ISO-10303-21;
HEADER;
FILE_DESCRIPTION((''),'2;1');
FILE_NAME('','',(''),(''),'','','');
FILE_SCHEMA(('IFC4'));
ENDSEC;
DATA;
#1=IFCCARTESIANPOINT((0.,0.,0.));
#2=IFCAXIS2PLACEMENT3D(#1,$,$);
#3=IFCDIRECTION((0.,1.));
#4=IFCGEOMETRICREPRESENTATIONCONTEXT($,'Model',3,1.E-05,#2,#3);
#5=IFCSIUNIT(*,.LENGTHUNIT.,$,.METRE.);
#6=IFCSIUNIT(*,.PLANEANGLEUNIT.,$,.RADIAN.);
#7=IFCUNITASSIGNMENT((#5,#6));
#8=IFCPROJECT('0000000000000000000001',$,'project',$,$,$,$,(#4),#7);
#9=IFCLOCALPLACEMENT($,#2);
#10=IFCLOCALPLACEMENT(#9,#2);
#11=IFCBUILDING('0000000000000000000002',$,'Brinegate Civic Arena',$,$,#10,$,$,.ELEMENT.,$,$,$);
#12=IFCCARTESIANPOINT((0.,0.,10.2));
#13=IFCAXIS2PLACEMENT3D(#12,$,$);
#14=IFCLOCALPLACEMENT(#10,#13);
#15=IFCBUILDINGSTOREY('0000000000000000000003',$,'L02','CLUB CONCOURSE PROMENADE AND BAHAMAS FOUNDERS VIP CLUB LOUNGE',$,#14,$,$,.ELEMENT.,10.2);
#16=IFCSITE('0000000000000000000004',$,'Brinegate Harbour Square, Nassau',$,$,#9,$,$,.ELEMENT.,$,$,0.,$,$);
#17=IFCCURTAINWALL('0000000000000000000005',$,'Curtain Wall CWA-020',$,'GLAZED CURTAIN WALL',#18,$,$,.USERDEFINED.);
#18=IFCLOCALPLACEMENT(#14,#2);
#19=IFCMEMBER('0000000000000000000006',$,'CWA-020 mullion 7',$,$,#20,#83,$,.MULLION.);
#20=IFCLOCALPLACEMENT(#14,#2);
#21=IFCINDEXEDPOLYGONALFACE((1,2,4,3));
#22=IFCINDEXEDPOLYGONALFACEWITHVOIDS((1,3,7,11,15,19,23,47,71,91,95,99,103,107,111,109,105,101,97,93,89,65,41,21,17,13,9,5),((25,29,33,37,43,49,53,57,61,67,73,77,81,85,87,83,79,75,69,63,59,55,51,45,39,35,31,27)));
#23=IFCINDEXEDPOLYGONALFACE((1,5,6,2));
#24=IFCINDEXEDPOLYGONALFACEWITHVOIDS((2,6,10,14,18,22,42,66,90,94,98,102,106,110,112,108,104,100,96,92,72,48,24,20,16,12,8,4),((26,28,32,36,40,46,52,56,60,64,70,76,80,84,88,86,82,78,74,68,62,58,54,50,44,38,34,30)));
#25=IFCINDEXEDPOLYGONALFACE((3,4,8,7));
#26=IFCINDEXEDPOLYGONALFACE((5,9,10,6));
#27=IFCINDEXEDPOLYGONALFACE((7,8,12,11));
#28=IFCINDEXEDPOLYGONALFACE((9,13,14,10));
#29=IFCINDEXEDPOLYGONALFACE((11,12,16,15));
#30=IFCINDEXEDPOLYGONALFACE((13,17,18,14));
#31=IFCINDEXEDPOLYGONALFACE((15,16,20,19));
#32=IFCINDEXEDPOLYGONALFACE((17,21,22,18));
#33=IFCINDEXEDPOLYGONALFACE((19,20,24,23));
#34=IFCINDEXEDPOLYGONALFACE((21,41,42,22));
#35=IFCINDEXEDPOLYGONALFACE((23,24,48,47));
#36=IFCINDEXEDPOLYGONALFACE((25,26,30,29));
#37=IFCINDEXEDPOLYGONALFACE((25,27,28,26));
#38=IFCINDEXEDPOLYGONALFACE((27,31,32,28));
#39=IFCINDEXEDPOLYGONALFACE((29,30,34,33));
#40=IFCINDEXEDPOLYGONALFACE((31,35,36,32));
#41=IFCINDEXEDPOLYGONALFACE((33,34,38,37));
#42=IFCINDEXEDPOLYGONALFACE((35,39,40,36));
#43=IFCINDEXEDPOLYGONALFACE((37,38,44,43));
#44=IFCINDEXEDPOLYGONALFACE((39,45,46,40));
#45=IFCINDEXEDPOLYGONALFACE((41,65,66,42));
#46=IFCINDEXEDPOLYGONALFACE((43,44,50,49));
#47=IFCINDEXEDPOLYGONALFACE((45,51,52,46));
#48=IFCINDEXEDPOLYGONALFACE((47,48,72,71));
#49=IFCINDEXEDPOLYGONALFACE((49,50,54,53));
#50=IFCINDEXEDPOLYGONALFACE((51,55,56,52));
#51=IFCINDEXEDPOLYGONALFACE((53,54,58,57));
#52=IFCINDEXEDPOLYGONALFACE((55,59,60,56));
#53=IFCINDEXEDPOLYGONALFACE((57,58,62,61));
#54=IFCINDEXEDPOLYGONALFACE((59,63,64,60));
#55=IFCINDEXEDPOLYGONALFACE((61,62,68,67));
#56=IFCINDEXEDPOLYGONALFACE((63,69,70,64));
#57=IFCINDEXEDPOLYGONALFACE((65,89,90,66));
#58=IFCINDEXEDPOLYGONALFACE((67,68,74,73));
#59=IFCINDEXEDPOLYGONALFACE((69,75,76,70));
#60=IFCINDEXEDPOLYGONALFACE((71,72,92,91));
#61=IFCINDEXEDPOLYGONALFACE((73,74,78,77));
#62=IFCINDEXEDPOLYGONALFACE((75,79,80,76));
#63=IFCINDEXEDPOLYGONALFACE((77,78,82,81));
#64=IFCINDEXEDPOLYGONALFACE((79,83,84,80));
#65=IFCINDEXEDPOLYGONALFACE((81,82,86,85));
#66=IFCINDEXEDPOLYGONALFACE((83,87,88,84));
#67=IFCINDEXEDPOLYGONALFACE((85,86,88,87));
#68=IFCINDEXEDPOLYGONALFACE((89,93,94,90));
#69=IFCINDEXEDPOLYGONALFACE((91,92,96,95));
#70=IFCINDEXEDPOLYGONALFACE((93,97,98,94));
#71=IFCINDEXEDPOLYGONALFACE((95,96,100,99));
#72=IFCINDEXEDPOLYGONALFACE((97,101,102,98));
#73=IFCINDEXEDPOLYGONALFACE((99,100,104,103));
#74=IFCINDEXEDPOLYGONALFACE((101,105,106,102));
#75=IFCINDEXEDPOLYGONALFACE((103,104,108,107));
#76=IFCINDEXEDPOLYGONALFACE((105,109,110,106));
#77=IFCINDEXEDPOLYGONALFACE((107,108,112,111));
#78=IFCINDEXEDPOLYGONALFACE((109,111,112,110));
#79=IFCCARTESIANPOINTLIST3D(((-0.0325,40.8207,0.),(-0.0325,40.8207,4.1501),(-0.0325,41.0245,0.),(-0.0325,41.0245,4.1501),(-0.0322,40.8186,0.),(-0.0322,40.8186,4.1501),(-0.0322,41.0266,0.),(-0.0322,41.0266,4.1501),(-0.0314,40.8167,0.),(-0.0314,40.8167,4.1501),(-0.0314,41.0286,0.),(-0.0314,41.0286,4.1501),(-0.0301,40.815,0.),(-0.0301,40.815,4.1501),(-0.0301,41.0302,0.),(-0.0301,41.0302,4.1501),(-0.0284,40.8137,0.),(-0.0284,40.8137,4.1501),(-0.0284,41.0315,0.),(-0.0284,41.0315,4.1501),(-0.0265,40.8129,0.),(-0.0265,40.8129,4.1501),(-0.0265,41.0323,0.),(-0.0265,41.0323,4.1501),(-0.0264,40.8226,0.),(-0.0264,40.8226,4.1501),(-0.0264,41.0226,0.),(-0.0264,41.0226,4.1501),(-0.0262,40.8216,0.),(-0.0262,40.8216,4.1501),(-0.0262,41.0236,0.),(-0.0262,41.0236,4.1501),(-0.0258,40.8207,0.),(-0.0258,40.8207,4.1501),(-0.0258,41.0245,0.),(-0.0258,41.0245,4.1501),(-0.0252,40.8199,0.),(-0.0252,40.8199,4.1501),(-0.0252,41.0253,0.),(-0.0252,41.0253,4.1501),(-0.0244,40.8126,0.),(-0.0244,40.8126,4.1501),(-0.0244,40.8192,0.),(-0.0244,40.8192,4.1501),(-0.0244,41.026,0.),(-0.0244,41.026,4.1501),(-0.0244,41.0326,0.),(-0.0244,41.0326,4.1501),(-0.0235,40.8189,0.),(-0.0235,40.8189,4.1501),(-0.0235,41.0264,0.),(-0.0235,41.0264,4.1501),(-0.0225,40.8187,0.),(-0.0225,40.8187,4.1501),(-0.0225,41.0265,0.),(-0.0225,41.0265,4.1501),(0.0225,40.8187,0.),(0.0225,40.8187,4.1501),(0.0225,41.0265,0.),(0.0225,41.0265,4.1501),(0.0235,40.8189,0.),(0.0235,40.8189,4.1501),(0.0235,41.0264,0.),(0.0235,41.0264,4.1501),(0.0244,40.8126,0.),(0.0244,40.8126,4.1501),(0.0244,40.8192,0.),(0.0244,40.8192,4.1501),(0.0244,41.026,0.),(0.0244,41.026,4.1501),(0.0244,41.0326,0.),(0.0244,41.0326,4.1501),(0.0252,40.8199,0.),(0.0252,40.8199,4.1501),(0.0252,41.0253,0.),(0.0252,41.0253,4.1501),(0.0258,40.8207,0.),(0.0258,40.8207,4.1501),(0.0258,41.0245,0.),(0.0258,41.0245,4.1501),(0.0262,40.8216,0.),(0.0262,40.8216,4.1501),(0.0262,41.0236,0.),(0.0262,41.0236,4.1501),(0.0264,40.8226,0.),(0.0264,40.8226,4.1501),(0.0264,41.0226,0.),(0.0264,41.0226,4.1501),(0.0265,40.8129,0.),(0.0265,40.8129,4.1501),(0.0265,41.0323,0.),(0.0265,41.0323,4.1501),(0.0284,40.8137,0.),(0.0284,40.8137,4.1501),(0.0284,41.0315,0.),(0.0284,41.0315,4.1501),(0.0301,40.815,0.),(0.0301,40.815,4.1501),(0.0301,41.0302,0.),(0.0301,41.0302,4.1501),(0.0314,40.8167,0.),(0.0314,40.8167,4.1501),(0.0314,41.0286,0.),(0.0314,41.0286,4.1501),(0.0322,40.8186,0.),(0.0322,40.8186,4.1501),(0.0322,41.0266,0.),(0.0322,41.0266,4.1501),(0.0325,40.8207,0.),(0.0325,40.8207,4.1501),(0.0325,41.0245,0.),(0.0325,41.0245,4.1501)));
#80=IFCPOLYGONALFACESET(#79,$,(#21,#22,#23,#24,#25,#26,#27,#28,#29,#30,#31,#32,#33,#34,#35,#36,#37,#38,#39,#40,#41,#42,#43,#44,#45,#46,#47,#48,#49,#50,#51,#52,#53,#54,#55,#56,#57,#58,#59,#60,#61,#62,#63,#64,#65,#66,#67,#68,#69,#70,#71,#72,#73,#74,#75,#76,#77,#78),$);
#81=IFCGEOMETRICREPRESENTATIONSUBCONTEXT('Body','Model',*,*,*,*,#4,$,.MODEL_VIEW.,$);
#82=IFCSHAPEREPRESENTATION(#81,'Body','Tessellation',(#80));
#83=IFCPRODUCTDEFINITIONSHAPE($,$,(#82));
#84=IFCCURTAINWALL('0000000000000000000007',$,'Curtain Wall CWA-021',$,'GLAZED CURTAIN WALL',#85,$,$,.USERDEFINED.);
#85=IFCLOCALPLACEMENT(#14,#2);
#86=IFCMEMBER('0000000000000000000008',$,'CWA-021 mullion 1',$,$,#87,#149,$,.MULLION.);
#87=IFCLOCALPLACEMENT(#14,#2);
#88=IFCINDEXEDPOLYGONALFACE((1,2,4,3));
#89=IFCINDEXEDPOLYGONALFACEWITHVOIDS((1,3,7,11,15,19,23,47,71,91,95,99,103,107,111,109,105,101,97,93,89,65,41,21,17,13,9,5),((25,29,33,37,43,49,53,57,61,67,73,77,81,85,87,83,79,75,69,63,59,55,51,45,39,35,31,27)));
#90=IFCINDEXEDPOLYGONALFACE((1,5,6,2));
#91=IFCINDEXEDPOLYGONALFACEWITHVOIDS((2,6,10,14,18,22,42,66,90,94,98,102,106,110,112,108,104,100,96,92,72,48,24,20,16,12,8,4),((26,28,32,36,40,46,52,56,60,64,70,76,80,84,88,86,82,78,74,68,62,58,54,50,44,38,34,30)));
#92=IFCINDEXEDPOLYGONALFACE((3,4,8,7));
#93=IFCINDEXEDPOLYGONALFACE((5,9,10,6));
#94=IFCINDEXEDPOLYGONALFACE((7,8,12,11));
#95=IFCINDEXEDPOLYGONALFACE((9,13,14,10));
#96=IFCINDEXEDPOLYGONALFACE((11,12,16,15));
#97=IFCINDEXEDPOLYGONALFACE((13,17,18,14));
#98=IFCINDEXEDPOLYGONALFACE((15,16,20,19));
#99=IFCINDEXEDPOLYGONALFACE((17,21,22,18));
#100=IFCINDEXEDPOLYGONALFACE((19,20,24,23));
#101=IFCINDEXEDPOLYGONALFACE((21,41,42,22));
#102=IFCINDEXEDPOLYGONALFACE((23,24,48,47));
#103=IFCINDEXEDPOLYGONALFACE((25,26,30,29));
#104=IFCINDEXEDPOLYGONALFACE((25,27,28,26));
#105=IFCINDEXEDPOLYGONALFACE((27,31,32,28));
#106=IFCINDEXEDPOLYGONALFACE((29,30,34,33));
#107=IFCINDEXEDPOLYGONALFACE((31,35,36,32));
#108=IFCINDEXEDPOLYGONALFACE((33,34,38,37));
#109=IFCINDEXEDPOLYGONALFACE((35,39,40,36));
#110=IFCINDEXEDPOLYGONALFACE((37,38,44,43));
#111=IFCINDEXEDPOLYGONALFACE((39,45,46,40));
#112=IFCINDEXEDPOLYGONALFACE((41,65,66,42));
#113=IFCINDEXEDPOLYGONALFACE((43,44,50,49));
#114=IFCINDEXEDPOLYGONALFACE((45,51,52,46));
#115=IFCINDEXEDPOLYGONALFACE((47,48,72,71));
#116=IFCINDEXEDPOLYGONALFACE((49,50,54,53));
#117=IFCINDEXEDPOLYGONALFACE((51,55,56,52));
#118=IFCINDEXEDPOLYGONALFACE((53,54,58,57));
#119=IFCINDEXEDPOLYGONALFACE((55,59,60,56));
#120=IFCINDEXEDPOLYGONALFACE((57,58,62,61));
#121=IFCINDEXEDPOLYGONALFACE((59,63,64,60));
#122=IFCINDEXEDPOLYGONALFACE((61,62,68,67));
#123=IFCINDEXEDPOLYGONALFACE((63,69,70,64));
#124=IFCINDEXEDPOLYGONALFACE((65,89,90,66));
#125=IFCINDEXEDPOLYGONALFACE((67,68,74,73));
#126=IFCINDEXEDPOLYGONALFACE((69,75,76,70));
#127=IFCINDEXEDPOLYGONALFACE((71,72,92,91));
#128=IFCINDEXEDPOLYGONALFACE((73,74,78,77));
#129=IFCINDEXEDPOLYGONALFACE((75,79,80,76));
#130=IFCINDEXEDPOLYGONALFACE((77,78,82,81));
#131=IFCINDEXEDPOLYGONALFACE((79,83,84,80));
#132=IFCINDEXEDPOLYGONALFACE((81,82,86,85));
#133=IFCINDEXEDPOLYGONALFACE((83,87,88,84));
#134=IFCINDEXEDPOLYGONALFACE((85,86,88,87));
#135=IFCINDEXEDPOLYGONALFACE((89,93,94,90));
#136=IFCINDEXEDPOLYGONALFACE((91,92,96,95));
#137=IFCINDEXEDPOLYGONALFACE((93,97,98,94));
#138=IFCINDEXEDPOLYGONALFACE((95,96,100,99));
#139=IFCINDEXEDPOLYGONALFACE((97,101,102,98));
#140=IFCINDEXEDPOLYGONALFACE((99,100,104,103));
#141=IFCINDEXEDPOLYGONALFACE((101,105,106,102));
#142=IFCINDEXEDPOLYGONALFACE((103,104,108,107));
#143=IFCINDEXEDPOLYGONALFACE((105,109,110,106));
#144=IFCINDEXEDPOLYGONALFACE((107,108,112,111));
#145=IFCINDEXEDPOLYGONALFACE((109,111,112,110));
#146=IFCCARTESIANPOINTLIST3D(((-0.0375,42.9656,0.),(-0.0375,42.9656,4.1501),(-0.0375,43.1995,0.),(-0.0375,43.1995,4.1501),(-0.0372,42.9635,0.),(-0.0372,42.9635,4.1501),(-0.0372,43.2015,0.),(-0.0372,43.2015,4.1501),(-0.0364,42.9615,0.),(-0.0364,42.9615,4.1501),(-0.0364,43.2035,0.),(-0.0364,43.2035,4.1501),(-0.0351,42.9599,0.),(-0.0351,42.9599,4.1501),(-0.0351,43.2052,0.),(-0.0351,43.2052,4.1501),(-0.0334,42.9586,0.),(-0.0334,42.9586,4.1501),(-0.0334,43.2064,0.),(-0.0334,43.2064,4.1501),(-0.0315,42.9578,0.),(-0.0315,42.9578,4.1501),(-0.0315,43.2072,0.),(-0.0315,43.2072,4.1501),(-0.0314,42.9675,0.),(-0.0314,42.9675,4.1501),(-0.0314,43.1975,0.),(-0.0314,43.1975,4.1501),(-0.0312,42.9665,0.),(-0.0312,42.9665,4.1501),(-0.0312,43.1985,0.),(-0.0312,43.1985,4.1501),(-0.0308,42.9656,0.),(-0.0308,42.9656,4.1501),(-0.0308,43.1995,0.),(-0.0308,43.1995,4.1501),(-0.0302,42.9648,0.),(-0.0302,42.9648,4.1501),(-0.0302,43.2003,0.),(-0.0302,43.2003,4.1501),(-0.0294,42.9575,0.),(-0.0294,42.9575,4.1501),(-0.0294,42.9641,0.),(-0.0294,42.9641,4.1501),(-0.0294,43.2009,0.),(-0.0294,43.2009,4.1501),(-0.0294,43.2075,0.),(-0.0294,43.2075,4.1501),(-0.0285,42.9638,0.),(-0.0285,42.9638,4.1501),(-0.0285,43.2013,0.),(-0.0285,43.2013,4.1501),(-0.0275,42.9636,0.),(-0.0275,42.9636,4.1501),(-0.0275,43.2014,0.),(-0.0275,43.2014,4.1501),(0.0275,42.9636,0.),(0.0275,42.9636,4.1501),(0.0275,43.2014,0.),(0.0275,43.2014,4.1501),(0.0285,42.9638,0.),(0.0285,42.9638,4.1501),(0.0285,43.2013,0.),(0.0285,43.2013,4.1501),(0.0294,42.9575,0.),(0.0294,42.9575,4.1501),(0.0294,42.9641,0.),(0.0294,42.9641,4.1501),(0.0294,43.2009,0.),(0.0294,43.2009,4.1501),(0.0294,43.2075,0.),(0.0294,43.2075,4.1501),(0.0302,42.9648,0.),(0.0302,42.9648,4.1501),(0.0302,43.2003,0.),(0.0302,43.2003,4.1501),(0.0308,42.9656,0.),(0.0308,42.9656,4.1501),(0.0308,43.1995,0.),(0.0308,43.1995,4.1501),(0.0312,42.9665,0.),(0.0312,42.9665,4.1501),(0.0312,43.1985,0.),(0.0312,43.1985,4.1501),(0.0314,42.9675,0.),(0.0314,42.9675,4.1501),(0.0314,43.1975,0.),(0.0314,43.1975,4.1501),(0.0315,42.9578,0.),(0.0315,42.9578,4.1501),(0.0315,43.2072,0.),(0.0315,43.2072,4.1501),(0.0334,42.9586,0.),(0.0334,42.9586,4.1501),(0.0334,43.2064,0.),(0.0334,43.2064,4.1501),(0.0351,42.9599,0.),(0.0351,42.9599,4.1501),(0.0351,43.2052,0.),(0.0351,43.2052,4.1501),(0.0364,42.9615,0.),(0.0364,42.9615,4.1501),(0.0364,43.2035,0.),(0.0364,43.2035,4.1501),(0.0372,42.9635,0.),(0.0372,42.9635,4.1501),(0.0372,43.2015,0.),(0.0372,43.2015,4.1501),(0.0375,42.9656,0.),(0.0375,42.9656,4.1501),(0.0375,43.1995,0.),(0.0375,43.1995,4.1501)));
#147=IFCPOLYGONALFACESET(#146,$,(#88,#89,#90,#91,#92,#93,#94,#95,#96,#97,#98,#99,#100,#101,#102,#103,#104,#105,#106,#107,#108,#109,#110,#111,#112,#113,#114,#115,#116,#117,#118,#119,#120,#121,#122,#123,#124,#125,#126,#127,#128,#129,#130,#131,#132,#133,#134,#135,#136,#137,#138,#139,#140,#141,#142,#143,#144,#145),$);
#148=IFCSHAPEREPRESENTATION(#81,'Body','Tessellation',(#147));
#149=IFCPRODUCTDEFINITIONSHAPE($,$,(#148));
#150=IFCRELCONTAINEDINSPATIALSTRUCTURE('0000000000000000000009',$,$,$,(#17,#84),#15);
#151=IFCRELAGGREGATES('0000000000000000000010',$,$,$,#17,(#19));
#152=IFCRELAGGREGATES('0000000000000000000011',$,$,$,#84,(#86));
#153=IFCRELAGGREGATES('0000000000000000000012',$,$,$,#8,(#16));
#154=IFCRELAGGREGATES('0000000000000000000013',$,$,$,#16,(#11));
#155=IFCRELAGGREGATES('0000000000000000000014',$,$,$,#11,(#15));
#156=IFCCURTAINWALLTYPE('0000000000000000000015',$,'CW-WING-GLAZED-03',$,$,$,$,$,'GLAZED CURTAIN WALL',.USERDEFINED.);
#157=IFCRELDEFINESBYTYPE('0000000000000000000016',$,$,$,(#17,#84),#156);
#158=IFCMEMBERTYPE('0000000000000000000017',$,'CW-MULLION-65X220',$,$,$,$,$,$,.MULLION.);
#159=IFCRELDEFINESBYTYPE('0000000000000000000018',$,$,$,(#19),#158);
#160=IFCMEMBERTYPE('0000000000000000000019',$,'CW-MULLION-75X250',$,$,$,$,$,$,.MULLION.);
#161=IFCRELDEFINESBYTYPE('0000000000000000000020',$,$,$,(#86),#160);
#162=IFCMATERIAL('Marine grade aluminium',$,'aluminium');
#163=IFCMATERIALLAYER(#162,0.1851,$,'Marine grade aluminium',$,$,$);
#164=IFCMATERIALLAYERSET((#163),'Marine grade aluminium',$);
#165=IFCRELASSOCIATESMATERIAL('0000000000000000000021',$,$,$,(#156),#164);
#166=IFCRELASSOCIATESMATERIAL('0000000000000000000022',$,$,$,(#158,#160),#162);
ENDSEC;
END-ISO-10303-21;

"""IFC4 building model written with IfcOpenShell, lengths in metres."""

from ifc_helpers import new_model, si_unit, direction, frame, origin, origin_2d, place, context, subcontext, project, spatial, hollow_rectangle, extrude, material, layer, layer_set, material_profile, profile_set, type_object, element, aggregate, save


model = new_model("IFC4")

# Units and contexts
model_context = context("Model", 3, precision=1e-05, world=origin(), true_north=direction((0.0, 1.0)))
body_context = subcontext(model_context, "Body", "Model", "MODEL_VIEW")
ifc_project = project(units=[si_unit("LENGTHUNIT", "METRE"), si_unit("PLANEANGLEUNIT", "RADIAN")], contexts=[model_context])

# Site, building, storey
site_placement = place(None, origin())
site = spatial("IfcSite", under=ifc_project, at=site_placement, Name="Brinegate Harbour Square, Nassau", CompositionType="ELEMENT", RefElevation=0.0)
building_placement = place(site_placement, origin())
building = spatial("IfcBuilding", under=site, at=building_placement, Name="Brinegate Civic Arena", CompositionType="ELEMENT")
storey_placement = place(building_placement, frame((0.0, 0.0, 10.2)))
storey = spatial("IfcBuildingStorey", under=building, at=storey_placement, Name="L02", Description="CLUB CONCOURSE PROMENADE AND BAHAMAS FOUNDERS VIP CLUB LOUNGE", CompositionType="ELEMENT", Elevation=10.2)

# Curtain walls, members
ifc_material_1 = material(Name="Marine grade aluminium", Category="aluminium")
ifc_layer_1 = layer(ifc_material_1, 0.1851, Name="Marine grade aluminium")
ifc_layer_set_1 = layer_set([ifc_layer_1], Name="Marine grade aluminium")
curtain_wall_type = type_object("IfcCurtainWallType", Name="CW-WING-GLAZED-03", ElementType="GLAZED CURTAIN WALL", PredefinedType="USERDEFINED", material=ifc_layer_set_1)
curtain_wall_1_placement = place(storey_placement, origin())
curtain_wall_1 = element("IfcCurtainWall", 1, at=curtain_wall_1_placement, inside=storey, type_object=curtain_wall_type, Name="Curtain Wall CWA-020", ObjectType="GLAZED CURTAIN WALL", PredefinedType="USERDEFINED")
ifc_material_profile_1 = material_profile(ifc_material_1, hollow_rectangle(XDim=0.0649, YDim=0.22, WallThickness=0.0061, InnerFilletRadius=0.0039, OuterFilletRadius=0.0081, at=origin_2d()), Name="MUL65X220")
ifc_profile_set_1 = profile_set([ifc_material_profile_1], Name="Marine grade aluminium")
member_type_1 = type_object("IfcMemberType", Name="CW-MULLION-65X220", PredefinedType="MULLION", material=ifc_profile_set_1)
member_1_placement = place(storey_placement, frame((0.0, 40.9226, 0.0), z_axis=(0.0, 0.0, 1.0), x_axis=(-1.0, 0.0, 0.0)))
member_1 = element("IfcMember", 2, at=member_1_placement, type_object=member_type_1, Name="CWA-020 mullion 7", PredefinedType="MULLION", context=body_context, shape_type="SweptSolid", body=[
    extrude(hollow_rectangle(XDim=0.0649, YDim=0.22, WallThickness=0.0061, InnerFilletRadius=0.0039, OuterFilletRadius=0.0081, at=origin_2d()), origin(), (0.0, 0.0, 1.0), 4.1501),
])
curtain_wall_2_placement = place(storey_placement, origin())
curtain_wall_2 = element("IfcCurtainWall", 3, at=curtain_wall_2_placement, inside=storey, type_object=curtain_wall_type, Name="Curtain Wall CWA-021", ObjectType="GLAZED CURTAIN WALL", PredefinedType="USERDEFINED")
ifc_material_profile_2 = material_profile(ifc_material_1, hollow_rectangle(XDim=0.075, YDim=0.25, WallThickness=0.0061, InnerFilletRadius=0.0039, OuterFilletRadius=0.0081, at=origin_2d()), Name="MUL75X250")
ifc_profile_set_2 = profile_set([ifc_material_profile_2], Name="Marine grade aluminium")
member_type_2 = type_object("IfcMemberType", Name="CW-MULLION-75X250", PredefinedType="MULLION", material=ifc_profile_set_2)
member_2_placement = place(storey_placement, frame((0.0, 43.0825, 0.0), z_axis=(0.0, 0.0, 1.0), x_axis=(-1.0, 0.0, 0.0)))
member_2 = element("IfcMember", 4, at=member_2_placement, type_object=member_type_2, Name="CWA-021 mullion 1", PredefinedType="MULLION", context=body_context, shape_type="SweptSolid", body=[
    extrude(hollow_rectangle(XDim=0.075, YDim=0.25, WallThickness=0.0061, InnerFilletRadius=0.0039, OuterFilletRadius=0.0081, at=origin_2d()), origin(), (0.0, 0.0, 1.0), 4.1501),
])

aggregate(curtain_wall_1, [member_1])
aggregate(curtain_wall_2, [member_2])

save(model, "model.ifc")
